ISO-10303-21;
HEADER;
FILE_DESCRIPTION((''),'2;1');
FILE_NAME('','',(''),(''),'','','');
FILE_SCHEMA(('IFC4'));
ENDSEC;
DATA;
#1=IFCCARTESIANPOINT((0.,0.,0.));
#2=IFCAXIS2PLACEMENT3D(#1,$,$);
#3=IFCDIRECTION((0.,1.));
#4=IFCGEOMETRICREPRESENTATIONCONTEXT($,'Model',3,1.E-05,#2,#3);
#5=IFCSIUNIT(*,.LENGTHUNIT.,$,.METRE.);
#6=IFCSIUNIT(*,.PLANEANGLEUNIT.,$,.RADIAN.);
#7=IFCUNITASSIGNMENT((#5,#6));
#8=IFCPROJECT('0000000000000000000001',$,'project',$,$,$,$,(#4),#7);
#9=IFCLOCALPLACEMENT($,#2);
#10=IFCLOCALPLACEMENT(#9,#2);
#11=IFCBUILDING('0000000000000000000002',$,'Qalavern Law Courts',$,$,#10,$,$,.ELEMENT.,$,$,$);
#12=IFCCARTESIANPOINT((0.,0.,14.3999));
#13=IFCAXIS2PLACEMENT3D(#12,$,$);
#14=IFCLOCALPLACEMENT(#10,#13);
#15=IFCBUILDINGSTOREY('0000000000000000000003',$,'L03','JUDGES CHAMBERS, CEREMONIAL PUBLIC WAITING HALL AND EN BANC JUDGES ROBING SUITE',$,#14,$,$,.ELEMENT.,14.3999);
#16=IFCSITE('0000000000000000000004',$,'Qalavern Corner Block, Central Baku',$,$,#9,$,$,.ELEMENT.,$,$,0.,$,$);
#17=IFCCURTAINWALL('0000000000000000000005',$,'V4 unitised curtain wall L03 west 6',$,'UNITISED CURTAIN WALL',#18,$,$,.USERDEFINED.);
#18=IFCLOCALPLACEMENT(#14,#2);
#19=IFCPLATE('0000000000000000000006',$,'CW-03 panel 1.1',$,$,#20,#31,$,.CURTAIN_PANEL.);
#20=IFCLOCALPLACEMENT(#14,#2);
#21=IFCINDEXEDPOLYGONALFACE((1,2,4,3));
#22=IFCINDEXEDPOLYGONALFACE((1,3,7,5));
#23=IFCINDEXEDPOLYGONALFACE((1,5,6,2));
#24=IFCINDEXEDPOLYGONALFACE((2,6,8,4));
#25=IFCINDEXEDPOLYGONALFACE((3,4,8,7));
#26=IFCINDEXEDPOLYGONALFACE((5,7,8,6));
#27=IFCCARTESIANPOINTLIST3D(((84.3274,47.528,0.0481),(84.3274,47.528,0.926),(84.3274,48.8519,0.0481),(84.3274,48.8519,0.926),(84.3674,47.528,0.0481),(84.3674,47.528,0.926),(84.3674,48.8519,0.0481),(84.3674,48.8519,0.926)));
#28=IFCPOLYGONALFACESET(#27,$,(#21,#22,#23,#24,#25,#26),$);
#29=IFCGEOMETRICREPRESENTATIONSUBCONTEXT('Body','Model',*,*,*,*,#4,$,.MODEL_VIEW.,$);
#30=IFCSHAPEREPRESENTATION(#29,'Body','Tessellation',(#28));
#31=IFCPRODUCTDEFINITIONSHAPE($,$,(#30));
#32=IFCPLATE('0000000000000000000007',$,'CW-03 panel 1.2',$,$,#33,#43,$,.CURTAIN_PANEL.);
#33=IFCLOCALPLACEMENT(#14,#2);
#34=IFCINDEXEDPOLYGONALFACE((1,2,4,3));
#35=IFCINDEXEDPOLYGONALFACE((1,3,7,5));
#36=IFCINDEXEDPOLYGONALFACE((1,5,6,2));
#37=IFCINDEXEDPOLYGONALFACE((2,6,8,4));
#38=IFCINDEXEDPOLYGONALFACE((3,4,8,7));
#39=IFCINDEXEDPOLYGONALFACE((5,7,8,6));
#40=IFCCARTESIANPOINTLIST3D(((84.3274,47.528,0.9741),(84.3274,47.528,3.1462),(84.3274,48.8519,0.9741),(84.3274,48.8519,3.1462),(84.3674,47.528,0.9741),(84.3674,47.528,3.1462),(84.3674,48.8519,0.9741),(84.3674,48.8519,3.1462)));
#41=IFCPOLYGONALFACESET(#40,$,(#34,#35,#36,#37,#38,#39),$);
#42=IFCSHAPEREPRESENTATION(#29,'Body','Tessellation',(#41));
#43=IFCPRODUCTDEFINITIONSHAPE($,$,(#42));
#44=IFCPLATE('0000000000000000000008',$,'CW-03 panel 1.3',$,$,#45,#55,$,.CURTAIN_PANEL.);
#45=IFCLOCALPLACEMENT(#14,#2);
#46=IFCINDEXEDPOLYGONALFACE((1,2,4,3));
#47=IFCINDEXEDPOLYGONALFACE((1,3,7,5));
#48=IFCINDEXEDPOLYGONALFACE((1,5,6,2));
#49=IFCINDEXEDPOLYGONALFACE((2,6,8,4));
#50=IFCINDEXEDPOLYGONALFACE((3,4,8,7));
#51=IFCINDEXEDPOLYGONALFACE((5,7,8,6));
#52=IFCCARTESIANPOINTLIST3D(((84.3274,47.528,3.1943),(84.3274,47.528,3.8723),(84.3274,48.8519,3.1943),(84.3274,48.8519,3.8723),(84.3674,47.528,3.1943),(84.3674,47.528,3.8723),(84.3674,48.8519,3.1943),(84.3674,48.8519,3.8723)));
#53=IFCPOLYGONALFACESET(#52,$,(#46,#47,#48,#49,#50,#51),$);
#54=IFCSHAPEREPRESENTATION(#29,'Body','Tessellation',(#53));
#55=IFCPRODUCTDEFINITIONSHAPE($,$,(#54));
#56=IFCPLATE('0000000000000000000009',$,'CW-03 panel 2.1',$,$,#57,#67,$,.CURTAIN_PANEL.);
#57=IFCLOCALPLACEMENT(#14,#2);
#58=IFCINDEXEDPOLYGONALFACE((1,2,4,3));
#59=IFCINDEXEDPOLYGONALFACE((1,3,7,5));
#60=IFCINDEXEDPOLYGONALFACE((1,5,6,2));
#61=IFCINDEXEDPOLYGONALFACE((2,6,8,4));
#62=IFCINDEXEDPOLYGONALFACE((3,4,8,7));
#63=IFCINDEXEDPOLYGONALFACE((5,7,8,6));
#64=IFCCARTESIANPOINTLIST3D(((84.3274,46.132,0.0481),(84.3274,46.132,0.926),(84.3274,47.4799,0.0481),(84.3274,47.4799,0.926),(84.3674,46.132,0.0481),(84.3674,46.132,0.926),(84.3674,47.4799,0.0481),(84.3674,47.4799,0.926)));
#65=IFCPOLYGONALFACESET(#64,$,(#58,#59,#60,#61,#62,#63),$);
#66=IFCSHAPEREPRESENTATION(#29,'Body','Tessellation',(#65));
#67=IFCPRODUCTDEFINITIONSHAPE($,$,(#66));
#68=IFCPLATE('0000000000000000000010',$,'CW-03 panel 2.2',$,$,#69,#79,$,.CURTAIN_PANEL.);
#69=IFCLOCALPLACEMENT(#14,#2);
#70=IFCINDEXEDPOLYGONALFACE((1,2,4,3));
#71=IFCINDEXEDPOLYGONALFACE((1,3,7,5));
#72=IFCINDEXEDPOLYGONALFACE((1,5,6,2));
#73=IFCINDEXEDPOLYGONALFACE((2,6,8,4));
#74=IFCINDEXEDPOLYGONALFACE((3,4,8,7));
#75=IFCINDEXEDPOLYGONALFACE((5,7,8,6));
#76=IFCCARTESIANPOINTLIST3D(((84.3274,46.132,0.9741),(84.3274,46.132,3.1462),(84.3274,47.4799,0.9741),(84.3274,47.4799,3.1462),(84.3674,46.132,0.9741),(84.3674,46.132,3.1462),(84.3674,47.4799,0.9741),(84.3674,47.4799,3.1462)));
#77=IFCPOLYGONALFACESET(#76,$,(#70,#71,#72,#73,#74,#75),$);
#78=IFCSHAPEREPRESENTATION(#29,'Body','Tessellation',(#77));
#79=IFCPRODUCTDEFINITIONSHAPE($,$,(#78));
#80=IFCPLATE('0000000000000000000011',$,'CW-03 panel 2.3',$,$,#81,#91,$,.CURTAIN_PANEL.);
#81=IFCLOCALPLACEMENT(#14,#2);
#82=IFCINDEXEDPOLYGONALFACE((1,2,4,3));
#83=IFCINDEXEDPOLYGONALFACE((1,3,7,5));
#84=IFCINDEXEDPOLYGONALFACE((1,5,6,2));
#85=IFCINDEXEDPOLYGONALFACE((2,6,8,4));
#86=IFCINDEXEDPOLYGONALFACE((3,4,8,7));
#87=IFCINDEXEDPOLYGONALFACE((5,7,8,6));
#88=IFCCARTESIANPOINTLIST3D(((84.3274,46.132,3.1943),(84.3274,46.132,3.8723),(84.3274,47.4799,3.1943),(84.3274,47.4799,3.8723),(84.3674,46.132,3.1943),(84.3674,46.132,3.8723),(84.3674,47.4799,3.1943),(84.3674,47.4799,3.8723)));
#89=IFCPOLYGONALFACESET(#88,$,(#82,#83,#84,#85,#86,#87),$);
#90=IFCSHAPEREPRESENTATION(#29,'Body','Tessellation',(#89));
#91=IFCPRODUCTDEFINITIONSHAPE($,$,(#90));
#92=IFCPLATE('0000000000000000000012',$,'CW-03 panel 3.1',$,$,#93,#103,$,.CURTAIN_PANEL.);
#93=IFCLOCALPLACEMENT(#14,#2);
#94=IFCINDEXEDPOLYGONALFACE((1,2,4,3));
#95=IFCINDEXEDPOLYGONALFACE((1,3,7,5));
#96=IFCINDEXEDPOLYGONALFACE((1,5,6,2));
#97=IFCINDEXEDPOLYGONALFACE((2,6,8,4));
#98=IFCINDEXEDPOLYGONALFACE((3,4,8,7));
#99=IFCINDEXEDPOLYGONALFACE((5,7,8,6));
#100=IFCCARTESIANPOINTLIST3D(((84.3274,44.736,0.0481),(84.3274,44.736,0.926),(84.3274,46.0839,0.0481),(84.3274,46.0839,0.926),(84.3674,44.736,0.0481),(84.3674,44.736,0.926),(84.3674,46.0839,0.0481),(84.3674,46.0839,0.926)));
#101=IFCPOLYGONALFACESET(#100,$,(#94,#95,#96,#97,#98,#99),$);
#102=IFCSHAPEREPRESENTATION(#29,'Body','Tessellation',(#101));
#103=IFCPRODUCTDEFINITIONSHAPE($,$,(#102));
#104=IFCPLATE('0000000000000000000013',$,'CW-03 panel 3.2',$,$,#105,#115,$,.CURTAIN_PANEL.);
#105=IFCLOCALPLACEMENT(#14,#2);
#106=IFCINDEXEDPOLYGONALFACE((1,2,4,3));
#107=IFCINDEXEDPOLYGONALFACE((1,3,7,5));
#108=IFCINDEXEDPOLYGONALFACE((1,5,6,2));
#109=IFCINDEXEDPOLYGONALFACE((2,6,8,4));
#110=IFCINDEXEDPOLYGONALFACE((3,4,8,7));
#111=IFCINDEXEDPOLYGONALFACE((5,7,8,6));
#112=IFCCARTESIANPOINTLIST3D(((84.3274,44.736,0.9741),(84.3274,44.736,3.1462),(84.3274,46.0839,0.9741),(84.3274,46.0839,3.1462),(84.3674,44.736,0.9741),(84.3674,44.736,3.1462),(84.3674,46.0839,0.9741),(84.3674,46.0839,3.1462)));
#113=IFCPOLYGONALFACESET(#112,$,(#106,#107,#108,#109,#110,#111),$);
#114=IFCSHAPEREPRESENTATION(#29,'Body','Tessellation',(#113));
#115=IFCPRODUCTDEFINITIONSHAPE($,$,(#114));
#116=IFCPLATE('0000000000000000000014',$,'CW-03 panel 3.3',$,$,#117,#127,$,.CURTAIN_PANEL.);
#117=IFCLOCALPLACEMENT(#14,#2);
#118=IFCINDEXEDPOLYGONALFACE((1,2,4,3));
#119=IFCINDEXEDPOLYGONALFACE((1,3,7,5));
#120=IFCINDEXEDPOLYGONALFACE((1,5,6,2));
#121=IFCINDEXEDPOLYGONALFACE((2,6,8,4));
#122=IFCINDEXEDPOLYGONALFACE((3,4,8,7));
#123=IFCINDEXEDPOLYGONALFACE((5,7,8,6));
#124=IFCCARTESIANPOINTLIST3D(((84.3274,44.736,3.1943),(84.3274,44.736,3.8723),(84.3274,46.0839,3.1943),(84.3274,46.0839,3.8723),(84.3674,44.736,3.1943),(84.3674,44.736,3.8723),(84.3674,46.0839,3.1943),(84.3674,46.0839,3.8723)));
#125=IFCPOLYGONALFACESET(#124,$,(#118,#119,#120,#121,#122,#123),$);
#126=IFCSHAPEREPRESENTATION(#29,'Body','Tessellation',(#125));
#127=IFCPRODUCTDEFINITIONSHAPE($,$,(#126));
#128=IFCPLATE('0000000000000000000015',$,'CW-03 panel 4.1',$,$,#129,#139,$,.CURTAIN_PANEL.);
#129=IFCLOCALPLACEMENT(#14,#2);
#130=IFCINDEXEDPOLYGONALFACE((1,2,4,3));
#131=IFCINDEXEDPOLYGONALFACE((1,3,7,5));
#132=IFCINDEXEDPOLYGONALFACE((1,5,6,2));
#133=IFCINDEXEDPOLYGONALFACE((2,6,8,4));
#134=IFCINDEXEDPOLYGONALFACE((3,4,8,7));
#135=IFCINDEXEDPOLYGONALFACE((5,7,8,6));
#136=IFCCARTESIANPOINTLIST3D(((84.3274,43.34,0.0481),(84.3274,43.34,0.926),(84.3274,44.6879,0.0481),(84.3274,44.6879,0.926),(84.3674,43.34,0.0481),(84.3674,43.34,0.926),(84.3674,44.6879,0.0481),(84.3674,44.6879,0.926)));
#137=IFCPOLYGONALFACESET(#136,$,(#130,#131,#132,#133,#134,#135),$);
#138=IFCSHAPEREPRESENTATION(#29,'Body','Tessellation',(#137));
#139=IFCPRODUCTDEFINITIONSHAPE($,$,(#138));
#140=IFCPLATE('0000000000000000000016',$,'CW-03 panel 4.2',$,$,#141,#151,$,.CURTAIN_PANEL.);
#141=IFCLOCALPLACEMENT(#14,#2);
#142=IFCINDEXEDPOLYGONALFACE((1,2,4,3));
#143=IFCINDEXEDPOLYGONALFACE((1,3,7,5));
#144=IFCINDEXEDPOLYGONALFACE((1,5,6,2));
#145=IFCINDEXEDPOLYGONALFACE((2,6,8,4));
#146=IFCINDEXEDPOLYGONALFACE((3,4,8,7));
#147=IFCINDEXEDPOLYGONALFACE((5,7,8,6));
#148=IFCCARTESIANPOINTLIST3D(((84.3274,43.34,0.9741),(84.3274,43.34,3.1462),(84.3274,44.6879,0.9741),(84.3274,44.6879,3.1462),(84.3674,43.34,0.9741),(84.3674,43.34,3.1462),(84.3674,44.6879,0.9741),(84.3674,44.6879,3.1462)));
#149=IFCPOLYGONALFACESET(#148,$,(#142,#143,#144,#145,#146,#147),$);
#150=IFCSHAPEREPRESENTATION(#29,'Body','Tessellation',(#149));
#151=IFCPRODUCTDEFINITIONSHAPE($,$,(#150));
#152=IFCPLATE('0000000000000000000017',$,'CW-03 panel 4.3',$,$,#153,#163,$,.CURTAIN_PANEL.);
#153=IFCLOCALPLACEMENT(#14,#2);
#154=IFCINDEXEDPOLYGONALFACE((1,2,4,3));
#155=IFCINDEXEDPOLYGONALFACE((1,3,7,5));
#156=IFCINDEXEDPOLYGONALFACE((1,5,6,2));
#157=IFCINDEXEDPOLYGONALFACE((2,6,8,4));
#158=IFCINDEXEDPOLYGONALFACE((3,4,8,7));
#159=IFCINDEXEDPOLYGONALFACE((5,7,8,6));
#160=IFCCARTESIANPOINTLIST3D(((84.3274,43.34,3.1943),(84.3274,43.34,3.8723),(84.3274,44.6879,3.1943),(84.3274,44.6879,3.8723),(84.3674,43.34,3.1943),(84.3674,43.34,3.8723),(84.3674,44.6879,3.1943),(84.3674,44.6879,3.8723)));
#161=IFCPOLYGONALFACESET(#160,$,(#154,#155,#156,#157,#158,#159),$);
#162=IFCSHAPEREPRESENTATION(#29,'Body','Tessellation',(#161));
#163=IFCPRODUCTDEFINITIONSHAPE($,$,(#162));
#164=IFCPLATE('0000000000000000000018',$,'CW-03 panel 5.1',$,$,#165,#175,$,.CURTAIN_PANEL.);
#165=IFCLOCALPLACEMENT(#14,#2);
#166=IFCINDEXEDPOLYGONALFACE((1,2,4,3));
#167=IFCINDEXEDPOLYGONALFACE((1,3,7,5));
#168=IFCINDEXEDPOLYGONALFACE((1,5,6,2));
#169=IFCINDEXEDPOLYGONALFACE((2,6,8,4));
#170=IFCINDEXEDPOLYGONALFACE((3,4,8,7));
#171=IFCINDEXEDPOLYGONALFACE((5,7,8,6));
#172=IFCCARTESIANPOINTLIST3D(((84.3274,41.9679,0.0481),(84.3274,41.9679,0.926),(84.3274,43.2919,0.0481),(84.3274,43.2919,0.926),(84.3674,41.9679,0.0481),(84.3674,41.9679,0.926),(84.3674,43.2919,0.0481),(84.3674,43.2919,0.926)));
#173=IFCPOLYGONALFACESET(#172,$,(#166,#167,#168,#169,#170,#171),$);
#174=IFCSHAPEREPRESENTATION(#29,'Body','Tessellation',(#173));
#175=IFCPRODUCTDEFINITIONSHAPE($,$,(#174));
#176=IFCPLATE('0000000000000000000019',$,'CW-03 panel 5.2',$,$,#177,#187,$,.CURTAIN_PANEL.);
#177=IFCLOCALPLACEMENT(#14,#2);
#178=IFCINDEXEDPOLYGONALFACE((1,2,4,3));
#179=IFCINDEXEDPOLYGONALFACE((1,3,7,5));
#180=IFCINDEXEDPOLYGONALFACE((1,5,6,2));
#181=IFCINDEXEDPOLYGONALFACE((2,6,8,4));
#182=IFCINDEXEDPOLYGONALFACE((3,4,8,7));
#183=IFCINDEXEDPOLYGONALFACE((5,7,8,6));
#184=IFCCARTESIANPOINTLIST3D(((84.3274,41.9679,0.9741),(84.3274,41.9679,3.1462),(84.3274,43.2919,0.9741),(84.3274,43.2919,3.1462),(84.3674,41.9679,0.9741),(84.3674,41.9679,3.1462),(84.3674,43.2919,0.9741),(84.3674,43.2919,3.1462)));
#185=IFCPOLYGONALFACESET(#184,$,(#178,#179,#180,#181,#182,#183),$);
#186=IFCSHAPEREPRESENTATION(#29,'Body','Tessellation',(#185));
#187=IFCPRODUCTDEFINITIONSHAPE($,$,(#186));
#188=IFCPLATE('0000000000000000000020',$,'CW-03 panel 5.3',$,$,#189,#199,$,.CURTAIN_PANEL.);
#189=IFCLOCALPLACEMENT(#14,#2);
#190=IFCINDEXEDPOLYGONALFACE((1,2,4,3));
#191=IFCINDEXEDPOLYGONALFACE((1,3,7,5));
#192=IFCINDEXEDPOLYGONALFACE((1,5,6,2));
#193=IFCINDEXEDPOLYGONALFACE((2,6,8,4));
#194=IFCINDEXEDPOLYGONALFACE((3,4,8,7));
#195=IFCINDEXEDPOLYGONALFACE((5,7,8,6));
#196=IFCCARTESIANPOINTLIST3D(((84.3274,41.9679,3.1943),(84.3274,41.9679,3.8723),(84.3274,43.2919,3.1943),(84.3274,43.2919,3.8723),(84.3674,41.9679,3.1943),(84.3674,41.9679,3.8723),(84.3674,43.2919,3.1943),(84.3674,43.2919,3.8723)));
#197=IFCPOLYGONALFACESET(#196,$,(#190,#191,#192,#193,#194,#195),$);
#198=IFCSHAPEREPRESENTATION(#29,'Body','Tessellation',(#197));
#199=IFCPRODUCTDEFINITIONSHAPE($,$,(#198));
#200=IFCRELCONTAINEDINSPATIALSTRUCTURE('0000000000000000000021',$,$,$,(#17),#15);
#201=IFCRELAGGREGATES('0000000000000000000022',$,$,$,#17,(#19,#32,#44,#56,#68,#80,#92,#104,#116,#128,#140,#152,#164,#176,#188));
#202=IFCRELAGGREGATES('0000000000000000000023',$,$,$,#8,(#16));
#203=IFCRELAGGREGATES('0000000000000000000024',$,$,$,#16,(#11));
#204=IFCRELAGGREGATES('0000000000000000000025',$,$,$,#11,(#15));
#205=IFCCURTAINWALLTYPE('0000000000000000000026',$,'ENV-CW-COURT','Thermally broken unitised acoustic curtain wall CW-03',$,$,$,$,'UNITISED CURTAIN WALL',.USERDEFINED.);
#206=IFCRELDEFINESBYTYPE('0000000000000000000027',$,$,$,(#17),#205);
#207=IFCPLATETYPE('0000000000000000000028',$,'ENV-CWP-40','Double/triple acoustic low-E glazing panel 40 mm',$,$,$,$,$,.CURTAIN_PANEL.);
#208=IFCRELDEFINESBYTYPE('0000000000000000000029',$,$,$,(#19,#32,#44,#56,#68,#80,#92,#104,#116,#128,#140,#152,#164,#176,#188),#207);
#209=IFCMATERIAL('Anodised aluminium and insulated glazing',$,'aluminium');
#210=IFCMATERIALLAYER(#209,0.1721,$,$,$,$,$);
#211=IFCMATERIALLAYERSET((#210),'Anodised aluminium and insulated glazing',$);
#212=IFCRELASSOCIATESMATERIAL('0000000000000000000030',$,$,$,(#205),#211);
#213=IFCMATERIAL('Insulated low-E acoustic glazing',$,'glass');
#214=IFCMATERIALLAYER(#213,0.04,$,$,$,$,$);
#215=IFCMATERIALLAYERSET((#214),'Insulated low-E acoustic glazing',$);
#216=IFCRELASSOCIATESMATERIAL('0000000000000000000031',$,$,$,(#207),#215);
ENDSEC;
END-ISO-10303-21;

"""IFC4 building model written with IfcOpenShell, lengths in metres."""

from ifc_helpers import new_model, si_unit, direction, frame, origin, origin_2d, place, context, subcontext, project, spatial, rectangle, extrude, material, layer, layer_set, type_object, element, aggregate, save


model = new_model("IFC4")

# Units and contexts
model_context = context("Model", 3, precision=1e-05, world=origin(), true_north=direction((0.0, 1.0)))
body_context = subcontext(model_context, "Body", "Model", "MODEL_VIEW")
ifc_project = project(units=[si_unit("LENGTHUNIT", "METRE"), si_unit("PLANEANGLEUNIT", "RADIAN")], contexts=[model_context])

# Site, building, storey
site_placement = place(None, origin())
site = spatial("IfcSite", under=ifc_project, at=site_placement, Name="Qalavern Corner Block, Central Baku", CompositionType="ELEMENT", RefElevation=0.0)
building_placement = place(site_placement, origin())
building = spatial("IfcBuilding", under=site, at=building_placement, Name="Qalavern Law Courts", CompositionType="ELEMENT")
storey_placement = place(building_placement, frame((0.0, 0.0, 14.3999)))
storey = spatial("IfcBuildingStorey", under=building, at=storey_placement, Name="L03", Description="JUDGES CHAMBERS, CEREMONIAL PUBLIC WAITING HALL AND EN BANC JUDGES ROBING SUITE", CompositionType="ELEMENT", Elevation=14.3999)

# Curtain wall, plates
ifc_material_1 = material(Name="Anodised aluminium and insulated glazing", Category="aluminium")
ifc_layer_1 = layer(ifc_material_1, 0.1721)
ifc_layer_set_1 = layer_set([ifc_layer_1], Name="Anodised aluminium and insulated glazing")
curtain_wall_type = type_object("IfcCurtainWallType", Name="ENV-CW-COURT", Description="Thermally broken unitised acoustic curtain wall CW-03", ElementType="UNITISED CURTAIN WALL", PredefinedType="USERDEFINED", material=ifc_layer_set_1)
curtain_wall_placement = place(storey_placement, origin())
curtain_wall = element("IfcCurtainWall", 1, at=curtain_wall_placement, inside=storey, type_object=curtain_wall_type, Name="V4 unitised curtain wall L03 west 6", ObjectType="UNITISED CURTAIN WALL", PredefinedType="USERDEFINED")
ifc_material_2 = material(Name="Insulated low-E acoustic glazing", Category="glass")
ifc_layer_2 = layer(ifc_material_2, 0.04)
ifc_layer_set_2 = layer_set([ifc_layer_2], Name="Insulated low-E acoustic glazing")
plate_type = type_object("IfcPlateType", Name="ENV-CWP-40", Description="Double/triple acoustic low-E glazing panel 40 mm", PredefinedType="CURTAIN_PANEL", material=ifc_layer_set_2)
plate_1_placement = place(storey_placement, frame((84.3474, 48.1899, 0.0481), z_axis=(0.0, 0.0, 1.0), x_axis=(0.0, -1.0, 0.0)))
plate_1 = element("IfcPlate", 2, at=plate_1_placement, type_object=plate_type, Name="CW-03 panel 1.1", PredefinedType="CURTAIN_PANEL", context=body_context, shape_type="SweptSolid", body=[
    extrude(rectangle(XDim=1.324, YDim=0.04, at=origin_2d()), origin(), (0.0, 0.0, 1.0), 0.8779),
])
plate_2_placement = place(storey_placement, frame((84.3474, 48.1899, 0.9741), z_axis=(0.0, 0.0, 1.0), x_axis=(0.0, -1.0, 0.0)))
plate_2 = element("IfcPlate", 3, at=plate_2_placement, type_object=plate_type, Name="CW-03 panel 1.2", PredefinedType="CURTAIN_PANEL", context=body_context, shape_type="SweptSolid", body=[
    extrude(rectangle(XDim=1.324, YDim=0.04, at=origin_2d()), origin(), (0.0, 0.0, 1.0), 2.1721),
])
plate_3_placement = place(storey_placement, frame((84.3474, 48.1899, 3.1943), z_axis=(0.0, 0.0, 1.0), x_axis=(0.0, -1.0, 0.0)))
plate_3 = element("IfcPlate", 4, at=plate_3_placement, type_object=plate_type, Name="CW-03 panel 1.3", PredefinedType="CURTAIN_PANEL", context=body_context, shape_type="SweptSolid", body=[
    extrude(rectangle(XDim=1.324, YDim=0.04, at=origin_2d()), origin(), (0.0, 0.0, 1.0), 0.678),
])
plate_4_placement = place(storey_placement, frame((84.3474, 46.8059, 0.0481), z_axis=(0.0, 0.0, 1.0), x_axis=(0.0, -1.0, 0.0)))
plate_4 = element("IfcPlate", 5, at=plate_4_placement, type_object=plate_type, Name="CW-03 panel 2.1", PredefinedType="CURTAIN_PANEL", context=body_context, shape_type="SweptSolid", body=[
    extrude(rectangle(XDim=1.3479, YDim=0.04, at=origin_2d()), origin(), (0.0, 0.0, 1.0), 0.8779),
])
plate_5_placement = place(storey_placement, frame((84.3474, 46.8059, 0.9741), z_axis=(0.0, 0.0, 1.0), x_axis=(0.0, -1.0, 0.0)))
plate_5 = element("IfcPlate", 6, at=plate_5_placement, type_object=plate_type, Name="CW-03 panel 2.2", PredefinedType="CURTAIN_PANEL", context=body_context, shape_type="SweptSolid", body=[
    extrude(rectangle(XDim=1.3479, YDim=0.04, at=origin_2d()), origin(), (0.0, 0.0, 1.0), 2.1721),
])
plate_6_placement = place(storey_placement, frame((84.3474, 46.8059, 3.1943), z_axis=(0.0, 0.0, 1.0), x_axis=(0.0, -1.0, 0.0)))
plate_6 = element("IfcPlate", 7, at=plate_6_placement, type_object=plate_type, Name="CW-03 panel 2.3", PredefinedType="CURTAIN_PANEL", context=body_context, shape_type="SweptSolid", body=[
    extrude(rectangle(XDim=1.3479, YDim=0.04, at=origin_2d()), origin(), (0.0, 0.0, 1.0), 0.678),
])
plate_7_placement = place(storey_placement, frame((84.3474, 45.4099, 0.0481), z_axis=(0.0, 0.0, 1.0), x_axis=(0.0, -1.0, 0.0)))
plate_7 = element("IfcPlate", 8, at=plate_7_placement, type_object=plate_type, Name="CW-03 panel 3.1", PredefinedType="CURTAIN_PANEL", context=body_context, shape_type="SweptSolid", body=[
    extrude(rectangle(XDim=1.3479, YDim=0.04, at=origin_2d()), origin(), (0.0, 0.0, 1.0), 0.8779),
])
plate_8_placement = place(storey_placement, frame((84.3474, 45.4099, 0.9741), z_axis=(0.0, 0.0, 1.0), x_axis=(0.0, -1.0, 0.0)))
plate_8 = element("IfcPlate", 9, at=plate_8_placement, type_object=plate_type, Name="CW-03 panel 3.2", PredefinedType="CURTAIN_PANEL", context=body_context, shape_type="SweptSolid", body=[
    extrude(rectangle(XDim=1.3479, YDim=0.04, at=origin_2d()), origin(), (0.0, 0.0, 1.0), 2.1721),
])
plate_9_placement = place(storey_placement, frame((84.3474, 45.4099, 3.1943), z_axis=(0.0, 0.0, 1.0), x_axis=(0.0, -1.0, 0.0)))
plate_9 = element("IfcPlate", 10, at=plate_9_placement, type_object=plate_type, Name="CW-03 panel 3.3", PredefinedType="CURTAIN_PANEL", context=body_context, shape_type="SweptSolid", body=[
    extrude(rectangle(XDim=1.3479, YDim=0.04, at=origin_2d()), origin(), (0.0, 0.0, 1.0), 0.678),
])
plate_10_placement = place(storey_placement, frame((84.3474, 44.0139, 0.0481), z_axis=(0.0, 0.0, 1.0), x_axis=(0.0, -1.0, 0.0)))
plate_10 = element("IfcPlate", 11, at=plate_10_placement, type_object=plate_type, Name="CW-03 panel 4.1", PredefinedType="CURTAIN_PANEL", context=body_context, shape_type="SweptSolid", body=[
    extrude(rectangle(XDim=1.3479, YDim=0.04, at=origin_2d()), origin(), (0.0, 0.0, 1.0), 0.8779),
])
plate_11_placement = place(storey_placement, frame((84.3474, 44.0139, 0.9741), z_axis=(0.0, 0.0, 1.0), x_axis=(0.0, -1.0, 0.0)))
plate_11 = element("IfcPlate", 12, at=plate_11_placement, type_object=plate_type, Name="CW-03 panel 4.2", PredefinedType="CURTAIN_PANEL", context=body_context, shape_type="SweptSolid", body=[
    extrude(rectangle(XDim=1.3479, YDim=0.04, at=origin_2d()), origin(), (0.0, 0.0, 1.0), 2.1721),
])
plate_12_placement = place(storey_placement, frame((84.3474, 44.0139, 3.1943), z_axis=(0.0, 0.0, 1.0), x_axis=(0.0, -1.0, 0.0)))
plate_12 = element("IfcPlate", 13, at=plate_12_placement, type_object=plate_type, Name="CW-03 panel 4.3", PredefinedType="CURTAIN_PANEL", context=body_context, shape_type="SweptSolid", body=[
    extrude(rectangle(XDim=1.3479, YDim=0.04, at=origin_2d()), origin(), (0.0, 0.0, 1.0), 0.678),
])
plate_13_placement = place(storey_placement, frame((84.3474, 42.6299, 0.0481), z_axis=(0.0, 0.0, 1.0), x_axis=(0.0, -1.0, 0.0)))
plate_13 = element("IfcPlate", 14, at=plate_13_placement, type_object=plate_type, Name="CW-03 panel 5.1", PredefinedType="CURTAIN_PANEL", context=body_context, shape_type="SweptSolid", body=[
    extrude(rectangle(XDim=1.324, YDim=0.04, at=origin_2d()), origin(), (0.0, 0.0, 1.0), 0.8779),
])
plate_14_placement = place(storey_placement, frame((84.3474, 42.6299, 0.9741), z_axis=(0.0, 0.0, 1.0), x_axis=(0.0, -1.0, 0.0)))
plate_14 = element("IfcPlate", 15, at=plate_14_placement, type_object=plate_type, Name="CW-03 panel 5.2", PredefinedType="CURTAIN_PANEL", context=body_context, shape_type="SweptSolid", body=[
    extrude(rectangle(XDim=1.324, YDim=0.04, at=origin_2d()), origin(), (0.0, 0.0, 1.0), 2.1721),
])
plate_15_placement = place(storey_placement, frame((84.3474, 42.6299, 3.1943), z_axis=(0.0, 0.0, 1.0), x_axis=(0.0, -1.0, 0.0)))
plate_15 = element("IfcPlate", 16, at=plate_15_placement, type_object=plate_type, Name="CW-03 panel 5.3", PredefinedType="CURTAIN_PANEL", context=body_context, shape_type="SweptSolid", body=[
    extrude(rectangle(XDim=1.324, YDim=0.04, at=origin_2d()), origin(), (0.0, 0.0, 1.0), 0.678),
])
aggregate(curtain_wall, [plate_1, plate_2, plate_3, plate_4, plate_5, plate_6, plate_7, plate_8, plate_9, plate_10, plate_11, plate_12, plate_13, plate_14, plate_15])

save(model, "model.ifc")
